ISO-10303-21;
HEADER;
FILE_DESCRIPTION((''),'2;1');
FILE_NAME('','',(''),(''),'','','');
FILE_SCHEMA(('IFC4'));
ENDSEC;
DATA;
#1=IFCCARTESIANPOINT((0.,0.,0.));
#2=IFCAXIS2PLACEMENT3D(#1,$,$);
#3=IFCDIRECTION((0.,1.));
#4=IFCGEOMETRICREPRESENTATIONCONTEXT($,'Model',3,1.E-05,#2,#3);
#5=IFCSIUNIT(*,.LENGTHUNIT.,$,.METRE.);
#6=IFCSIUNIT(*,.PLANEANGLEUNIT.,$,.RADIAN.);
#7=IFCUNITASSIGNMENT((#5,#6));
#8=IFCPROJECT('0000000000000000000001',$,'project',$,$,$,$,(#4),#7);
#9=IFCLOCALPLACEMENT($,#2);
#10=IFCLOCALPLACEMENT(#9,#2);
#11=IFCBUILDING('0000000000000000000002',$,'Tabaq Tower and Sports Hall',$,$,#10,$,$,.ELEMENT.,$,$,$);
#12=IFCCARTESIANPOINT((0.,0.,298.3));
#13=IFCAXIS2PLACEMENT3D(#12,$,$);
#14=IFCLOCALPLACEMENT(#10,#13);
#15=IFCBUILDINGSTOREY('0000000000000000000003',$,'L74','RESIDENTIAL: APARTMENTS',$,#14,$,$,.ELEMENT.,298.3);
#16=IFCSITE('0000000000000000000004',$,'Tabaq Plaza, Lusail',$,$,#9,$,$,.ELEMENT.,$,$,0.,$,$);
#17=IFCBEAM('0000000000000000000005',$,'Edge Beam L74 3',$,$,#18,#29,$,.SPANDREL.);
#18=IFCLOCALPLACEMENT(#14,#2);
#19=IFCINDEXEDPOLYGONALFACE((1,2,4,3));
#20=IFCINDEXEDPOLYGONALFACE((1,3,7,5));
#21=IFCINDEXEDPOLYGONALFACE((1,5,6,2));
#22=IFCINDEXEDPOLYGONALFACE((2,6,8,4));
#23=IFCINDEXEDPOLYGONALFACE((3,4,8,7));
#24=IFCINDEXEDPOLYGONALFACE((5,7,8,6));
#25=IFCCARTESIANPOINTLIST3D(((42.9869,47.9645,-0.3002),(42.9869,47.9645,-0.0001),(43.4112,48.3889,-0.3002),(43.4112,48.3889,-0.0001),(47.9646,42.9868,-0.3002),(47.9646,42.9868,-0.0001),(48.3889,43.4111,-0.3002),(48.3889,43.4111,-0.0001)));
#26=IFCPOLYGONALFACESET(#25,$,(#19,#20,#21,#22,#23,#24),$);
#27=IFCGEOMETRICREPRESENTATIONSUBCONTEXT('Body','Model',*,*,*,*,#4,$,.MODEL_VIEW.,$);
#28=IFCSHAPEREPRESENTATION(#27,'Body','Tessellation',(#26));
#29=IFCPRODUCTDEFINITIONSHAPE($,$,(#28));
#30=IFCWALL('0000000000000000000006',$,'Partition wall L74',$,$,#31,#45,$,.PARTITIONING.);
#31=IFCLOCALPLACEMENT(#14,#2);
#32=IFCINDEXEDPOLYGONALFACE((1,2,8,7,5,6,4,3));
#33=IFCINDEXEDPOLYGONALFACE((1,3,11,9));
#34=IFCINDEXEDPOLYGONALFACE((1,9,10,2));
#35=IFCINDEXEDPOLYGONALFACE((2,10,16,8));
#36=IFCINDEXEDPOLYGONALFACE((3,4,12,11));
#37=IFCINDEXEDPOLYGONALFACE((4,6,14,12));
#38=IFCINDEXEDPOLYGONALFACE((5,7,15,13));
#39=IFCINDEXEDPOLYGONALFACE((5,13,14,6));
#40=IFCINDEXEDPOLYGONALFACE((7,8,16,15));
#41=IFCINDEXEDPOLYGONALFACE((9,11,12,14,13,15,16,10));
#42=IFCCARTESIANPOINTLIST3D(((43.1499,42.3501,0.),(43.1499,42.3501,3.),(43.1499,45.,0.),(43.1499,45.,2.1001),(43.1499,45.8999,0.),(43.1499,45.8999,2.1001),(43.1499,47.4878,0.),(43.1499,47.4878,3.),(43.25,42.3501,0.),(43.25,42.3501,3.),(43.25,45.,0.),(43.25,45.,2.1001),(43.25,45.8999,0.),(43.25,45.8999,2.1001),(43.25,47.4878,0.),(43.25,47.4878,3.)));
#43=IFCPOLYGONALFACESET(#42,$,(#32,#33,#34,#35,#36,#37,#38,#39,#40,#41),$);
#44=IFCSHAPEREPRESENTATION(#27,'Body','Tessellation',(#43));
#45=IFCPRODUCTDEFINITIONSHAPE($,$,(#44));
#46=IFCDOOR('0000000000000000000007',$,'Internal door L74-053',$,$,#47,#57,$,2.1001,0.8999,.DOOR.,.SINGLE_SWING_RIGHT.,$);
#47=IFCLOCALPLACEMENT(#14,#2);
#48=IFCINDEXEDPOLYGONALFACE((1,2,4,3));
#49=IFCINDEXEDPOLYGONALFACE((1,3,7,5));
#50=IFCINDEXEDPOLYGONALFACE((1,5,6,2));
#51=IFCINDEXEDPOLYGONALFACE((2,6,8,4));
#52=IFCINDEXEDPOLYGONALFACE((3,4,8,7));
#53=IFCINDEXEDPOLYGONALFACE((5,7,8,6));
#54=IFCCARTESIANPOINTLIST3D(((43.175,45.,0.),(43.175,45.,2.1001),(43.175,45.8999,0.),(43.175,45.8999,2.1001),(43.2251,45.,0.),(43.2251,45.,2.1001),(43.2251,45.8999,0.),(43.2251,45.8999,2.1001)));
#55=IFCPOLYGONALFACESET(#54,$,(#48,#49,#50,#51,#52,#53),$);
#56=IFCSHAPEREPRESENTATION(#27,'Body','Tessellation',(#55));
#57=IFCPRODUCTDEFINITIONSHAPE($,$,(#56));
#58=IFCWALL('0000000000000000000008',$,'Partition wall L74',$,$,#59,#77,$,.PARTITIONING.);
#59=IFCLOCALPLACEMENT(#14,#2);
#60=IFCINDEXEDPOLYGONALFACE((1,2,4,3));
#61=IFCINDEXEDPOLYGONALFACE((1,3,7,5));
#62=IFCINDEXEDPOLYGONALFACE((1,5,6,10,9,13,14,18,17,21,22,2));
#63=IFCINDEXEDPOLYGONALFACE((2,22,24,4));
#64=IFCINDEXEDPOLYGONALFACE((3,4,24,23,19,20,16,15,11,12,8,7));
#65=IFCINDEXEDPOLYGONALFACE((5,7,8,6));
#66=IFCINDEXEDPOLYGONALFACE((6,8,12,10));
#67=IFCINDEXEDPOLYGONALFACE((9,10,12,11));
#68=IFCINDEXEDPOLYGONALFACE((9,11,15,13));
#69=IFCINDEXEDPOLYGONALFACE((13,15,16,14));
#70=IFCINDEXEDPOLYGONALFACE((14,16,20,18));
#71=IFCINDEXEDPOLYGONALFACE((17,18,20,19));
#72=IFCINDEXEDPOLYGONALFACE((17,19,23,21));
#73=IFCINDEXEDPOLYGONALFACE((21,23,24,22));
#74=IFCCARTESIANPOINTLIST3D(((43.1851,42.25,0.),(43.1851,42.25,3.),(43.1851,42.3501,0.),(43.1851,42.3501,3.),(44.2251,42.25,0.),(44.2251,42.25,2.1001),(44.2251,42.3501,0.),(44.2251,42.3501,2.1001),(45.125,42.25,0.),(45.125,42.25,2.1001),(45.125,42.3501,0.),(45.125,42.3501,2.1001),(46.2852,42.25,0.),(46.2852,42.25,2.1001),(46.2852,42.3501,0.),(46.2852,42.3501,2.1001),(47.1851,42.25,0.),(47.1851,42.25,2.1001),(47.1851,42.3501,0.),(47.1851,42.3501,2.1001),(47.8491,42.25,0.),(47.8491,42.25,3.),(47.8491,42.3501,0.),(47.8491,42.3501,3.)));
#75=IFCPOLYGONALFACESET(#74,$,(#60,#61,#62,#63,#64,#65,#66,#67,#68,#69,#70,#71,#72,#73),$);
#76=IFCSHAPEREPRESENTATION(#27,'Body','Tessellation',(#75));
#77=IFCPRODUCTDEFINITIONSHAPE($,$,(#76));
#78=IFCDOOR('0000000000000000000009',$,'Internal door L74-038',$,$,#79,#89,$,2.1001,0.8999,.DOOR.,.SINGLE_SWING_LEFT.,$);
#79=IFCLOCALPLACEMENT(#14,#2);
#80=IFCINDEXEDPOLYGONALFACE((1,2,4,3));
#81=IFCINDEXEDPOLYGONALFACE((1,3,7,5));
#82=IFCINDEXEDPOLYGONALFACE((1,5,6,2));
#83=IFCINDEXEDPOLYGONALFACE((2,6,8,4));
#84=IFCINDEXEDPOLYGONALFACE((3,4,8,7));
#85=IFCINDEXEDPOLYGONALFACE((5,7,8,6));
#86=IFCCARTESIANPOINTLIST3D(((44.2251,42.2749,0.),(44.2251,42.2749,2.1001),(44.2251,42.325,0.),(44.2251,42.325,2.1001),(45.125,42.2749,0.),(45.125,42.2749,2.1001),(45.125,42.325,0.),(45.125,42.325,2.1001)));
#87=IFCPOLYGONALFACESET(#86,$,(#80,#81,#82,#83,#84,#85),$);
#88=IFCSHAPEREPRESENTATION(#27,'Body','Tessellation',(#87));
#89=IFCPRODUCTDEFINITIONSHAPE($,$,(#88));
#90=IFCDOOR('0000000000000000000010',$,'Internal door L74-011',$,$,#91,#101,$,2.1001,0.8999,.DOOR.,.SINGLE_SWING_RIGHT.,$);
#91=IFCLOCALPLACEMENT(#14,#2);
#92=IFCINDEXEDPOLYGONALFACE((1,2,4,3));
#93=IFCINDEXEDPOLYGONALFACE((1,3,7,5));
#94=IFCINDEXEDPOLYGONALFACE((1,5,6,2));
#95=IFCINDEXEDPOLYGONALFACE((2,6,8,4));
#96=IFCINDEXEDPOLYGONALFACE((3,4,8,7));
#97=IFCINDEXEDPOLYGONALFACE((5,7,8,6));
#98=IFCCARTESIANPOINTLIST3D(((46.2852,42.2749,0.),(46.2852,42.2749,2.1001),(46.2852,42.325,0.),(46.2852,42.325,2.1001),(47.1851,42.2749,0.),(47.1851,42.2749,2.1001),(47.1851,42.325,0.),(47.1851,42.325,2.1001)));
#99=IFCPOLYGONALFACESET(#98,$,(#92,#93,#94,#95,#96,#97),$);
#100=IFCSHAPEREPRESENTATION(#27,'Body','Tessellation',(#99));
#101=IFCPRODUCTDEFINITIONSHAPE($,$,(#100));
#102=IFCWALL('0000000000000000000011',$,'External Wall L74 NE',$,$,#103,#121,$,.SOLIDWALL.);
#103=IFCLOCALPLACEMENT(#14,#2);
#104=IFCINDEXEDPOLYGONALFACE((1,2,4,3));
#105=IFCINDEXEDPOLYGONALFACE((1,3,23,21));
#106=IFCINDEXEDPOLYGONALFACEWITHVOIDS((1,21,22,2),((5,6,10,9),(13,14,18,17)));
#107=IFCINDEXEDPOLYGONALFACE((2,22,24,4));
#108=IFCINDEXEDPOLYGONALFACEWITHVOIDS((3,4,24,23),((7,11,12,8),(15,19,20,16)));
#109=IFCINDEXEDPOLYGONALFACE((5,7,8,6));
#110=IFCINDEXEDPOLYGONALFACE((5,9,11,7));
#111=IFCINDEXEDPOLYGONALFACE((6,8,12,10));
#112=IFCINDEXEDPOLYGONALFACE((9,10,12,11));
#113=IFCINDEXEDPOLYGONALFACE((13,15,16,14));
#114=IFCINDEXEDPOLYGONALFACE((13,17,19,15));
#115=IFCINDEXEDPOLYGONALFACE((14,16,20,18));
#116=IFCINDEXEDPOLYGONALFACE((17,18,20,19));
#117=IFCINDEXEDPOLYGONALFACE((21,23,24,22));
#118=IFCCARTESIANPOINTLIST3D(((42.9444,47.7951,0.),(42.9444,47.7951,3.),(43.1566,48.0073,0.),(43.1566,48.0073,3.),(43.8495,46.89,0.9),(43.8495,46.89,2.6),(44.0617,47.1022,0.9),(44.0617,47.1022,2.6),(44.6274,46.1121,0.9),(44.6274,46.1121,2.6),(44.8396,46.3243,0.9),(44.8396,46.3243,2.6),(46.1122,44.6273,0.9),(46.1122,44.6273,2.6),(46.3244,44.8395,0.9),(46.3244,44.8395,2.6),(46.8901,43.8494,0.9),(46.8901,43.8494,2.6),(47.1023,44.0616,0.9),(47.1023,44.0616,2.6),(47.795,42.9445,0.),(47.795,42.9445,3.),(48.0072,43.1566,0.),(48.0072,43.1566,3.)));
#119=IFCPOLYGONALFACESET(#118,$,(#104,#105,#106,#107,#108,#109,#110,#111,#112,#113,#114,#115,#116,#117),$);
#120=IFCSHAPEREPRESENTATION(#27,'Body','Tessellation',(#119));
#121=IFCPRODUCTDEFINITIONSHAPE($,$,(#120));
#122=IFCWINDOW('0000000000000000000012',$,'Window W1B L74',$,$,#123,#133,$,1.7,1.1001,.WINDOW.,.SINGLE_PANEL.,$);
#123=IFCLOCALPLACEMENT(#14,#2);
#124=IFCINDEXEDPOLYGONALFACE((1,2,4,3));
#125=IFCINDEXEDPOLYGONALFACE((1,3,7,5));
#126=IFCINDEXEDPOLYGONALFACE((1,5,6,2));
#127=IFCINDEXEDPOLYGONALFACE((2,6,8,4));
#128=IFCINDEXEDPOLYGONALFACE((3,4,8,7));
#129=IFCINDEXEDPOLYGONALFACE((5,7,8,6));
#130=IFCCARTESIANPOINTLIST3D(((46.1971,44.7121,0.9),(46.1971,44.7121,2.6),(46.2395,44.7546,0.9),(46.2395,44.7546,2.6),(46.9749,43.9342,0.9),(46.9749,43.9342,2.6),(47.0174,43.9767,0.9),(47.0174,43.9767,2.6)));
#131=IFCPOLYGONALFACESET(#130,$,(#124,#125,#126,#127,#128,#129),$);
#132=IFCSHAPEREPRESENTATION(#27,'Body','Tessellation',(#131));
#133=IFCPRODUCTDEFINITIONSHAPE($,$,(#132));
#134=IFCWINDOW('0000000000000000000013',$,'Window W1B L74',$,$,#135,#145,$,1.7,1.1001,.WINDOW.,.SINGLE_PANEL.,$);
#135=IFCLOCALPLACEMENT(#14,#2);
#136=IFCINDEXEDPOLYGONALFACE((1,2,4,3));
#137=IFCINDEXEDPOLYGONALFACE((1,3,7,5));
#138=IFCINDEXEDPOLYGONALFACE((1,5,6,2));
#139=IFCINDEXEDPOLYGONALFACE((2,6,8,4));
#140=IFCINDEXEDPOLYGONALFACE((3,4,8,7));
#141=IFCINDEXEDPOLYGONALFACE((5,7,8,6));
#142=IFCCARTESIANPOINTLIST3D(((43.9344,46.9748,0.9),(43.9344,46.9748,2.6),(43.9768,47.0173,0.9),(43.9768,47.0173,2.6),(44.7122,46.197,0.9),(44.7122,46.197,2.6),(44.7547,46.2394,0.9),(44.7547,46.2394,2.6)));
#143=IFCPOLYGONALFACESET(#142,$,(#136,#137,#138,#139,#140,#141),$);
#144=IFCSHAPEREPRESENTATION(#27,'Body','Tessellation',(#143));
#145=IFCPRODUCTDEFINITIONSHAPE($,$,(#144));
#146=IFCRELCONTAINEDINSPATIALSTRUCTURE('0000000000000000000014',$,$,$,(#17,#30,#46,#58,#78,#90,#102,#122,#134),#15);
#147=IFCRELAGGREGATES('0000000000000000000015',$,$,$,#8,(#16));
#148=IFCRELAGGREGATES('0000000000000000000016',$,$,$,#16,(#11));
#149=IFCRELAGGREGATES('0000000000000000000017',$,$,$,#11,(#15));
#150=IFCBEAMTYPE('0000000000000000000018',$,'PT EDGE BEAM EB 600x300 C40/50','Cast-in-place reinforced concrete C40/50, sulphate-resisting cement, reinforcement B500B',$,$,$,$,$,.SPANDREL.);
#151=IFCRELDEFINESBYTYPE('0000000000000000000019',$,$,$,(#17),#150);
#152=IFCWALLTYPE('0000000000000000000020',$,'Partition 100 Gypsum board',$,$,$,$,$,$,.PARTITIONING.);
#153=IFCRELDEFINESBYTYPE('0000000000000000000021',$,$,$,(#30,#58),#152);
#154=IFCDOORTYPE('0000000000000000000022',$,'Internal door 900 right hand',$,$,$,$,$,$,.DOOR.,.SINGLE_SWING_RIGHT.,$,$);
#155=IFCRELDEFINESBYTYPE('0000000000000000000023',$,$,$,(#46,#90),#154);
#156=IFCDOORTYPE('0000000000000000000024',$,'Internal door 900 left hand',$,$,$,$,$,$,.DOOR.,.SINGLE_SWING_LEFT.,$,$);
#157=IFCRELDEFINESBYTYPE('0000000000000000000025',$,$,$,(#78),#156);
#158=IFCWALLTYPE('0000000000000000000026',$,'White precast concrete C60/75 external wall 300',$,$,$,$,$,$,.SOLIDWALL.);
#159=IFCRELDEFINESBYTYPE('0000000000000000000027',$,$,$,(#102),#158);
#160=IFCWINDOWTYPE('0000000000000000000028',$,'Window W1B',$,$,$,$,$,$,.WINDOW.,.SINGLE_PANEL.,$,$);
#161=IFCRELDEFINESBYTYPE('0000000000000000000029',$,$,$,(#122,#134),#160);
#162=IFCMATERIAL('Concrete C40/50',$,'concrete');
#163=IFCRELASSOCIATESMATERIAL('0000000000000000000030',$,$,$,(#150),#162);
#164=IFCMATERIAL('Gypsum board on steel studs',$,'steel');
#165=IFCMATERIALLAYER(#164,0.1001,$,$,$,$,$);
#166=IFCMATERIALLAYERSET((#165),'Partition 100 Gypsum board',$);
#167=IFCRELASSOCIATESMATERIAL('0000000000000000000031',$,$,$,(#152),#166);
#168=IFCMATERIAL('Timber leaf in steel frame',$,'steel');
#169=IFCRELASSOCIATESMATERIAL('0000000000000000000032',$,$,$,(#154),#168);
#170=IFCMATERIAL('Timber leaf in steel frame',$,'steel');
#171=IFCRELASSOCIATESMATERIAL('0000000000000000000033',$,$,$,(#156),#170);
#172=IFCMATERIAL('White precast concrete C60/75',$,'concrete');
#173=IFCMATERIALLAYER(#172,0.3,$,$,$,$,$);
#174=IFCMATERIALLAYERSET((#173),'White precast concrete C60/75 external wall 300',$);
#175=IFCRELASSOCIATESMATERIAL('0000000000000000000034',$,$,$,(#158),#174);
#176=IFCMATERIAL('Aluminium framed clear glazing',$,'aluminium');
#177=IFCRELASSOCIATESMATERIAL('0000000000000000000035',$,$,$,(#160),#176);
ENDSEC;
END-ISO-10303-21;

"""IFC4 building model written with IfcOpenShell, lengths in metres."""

from ifc_helpers import new_model, si_unit, direction, frame, frame_2d, origin, origin_2d, place, context, subcontext, project, spatial, rectangle, extrude, material, layer, layer_set, material_profile, profile_set, type_object, element, fill, save


model = new_model("IFC4")

# Units and contexts
model_context = context("Model", 3, precision=1e-05, world=origin(), true_north=direction((0.0, 1.0)))
body_context = subcontext(model_context, "Body", "Model", "MODEL_VIEW")
ifc_project = project(units=[si_unit("LENGTHUNIT", "METRE"), si_unit("PLANEANGLEUNIT", "RADIAN")], contexts=[model_context])

# Site, building, storey
site_placement = place(None, origin())
site = spatial("IfcSite", under=ifc_project, at=site_placement, Name="Tabaq Plaza, Lusail", CompositionType="ELEMENT", RefElevation=0.0)
building_placement = place(site_placement, origin())
building = spatial("IfcBuilding", under=site, at=building_placement, Name="Tabaq Tower and Sports Hall", CompositionType="ELEMENT")
storey_placement = place(building_placement, frame((0.0, 0.0, 298.3)))
storey = spatial("IfcBuildingStorey", under=building, at=storey_placement, Name="L74", Description="RESIDENTIAL: APARTMENTS", CompositionType="ELEMENT", Elevation=298.3)

# Beam
ifc_material_1 = material(Name="Concrete C40/50", Category="concrete")
ifc_material_profile = material_profile(ifc_material_1, rectangle(XDim=0.6001, YDim=0.3, at=origin_2d()), Name="EB 600x300")
ifc_profile_set = profile_set([ifc_material_profile], Name="Concrete C40/50")
beam_type = type_object("IfcBeamType", Name="PT EDGE BEAM EB 600x300 C40/50", Description="Cast-in-place reinforced concrete C40/50, sulphate-resisting cement, reinforcement B500B", PredefinedType="SPANDREL", material=ifc_profile_set)
beam_placement = place(storey_placement, frame((48.1768, 43.199, -0.1501), z_axis=(-0.707107, 0.707107, 0.0), x_axis=(-0.707107, -0.707107, 0.0)))
element("IfcBeam", 1, at=beam_placement, inside=storey, type_object=beam_type, Name="Edge Beam L74 3", PredefinedType="SPANDREL", context=body_context, shape_type="SweptSolid", body=[
    extrude(rectangle(XDim=0.6001, YDim=0.3, at=origin_2d()), origin(), (0.0, 0.0, 1.0), 7.0396),
])

# Wall, opening, door
ifc_material_2 = material(Name="Gypsum board on steel studs", Category="steel")
ifc_layer_1 = layer(ifc_material_2, 0.1001)
ifc_layer_set_1 = layer_set([ifc_layer_1], Name="Partition 100 Gypsum board")
wall_type_1 = type_object("IfcWallType", Name="Partition 100 Gypsum board", PredefinedType="PARTITIONING", material=ifc_layer_set_1)
wall_1_placement = place(storey_placement, frame((43.2, 42.3501, 0.0), z_axis=(0.0, 0.0, 1.0), x_axis=(0.0, 1.0, 0.0)))
wall_1 = element("IfcWall", 2, at=wall_1_placement, inside=storey, type_object=wall_type_1, Name="Partition wall L74", PredefinedType="PARTITIONING", context=body_context, shape_type="SweptSolid", body=[
    extrude(rectangle(XDim=5.1377, YDim=0.1001, at=frame_2d((2.5688, 0.0))), origin(), (0.0, 0.0, 1.0), 3.0),
])
opening_1_placement = place(wall_1_placement, frame((2.6499, 0.0, 0.0)))
opening_1 = element("IfcOpeningElement", 3, at=opening_1_placement, cuts=wall_1, PredefinedType="OPENING", context=body_context, shape_type="SweptSolid", body=[
    extrude(rectangle(XDim=0.8999, YDim=2.1001, at=frame_2d((0.45, 1.05))), frame((0.0, 0.05, 0.0), z_axis=(0.0, -1.0, 0.0), x_axis=(1.0, 0.0, 0.0)), (0.0, 0.0, 1.0), 0.1001),
])
ifc_material_3 = material(Name="Timber leaf in steel frame", Category="steel")
door_type_1 = type_object("IfcDoorType", Name="Internal door 900 right hand", OperationType="SINGLE_SWING_RIGHT", PredefinedType="DOOR", material=ifc_material_3)
door_1_placement = place(opening_1_placement, origin())
door_1 = element("IfcDoor", 4, at=door_1_placement, inside=storey, type_object=door_type_1, Name="Internal door L74-053", OperationType="SINGLE_SWING_RIGHT", OverallHeight=2.1001, OverallWidth=0.8999, PredefinedType="DOOR", context=body_context, shape_type="SweptSolid", body=[
    extrude(rectangle(XDim=0.8999, YDim=2.1001, at=frame_2d((0.45, 1.05))), frame((0.0, 0.0249, 0.0), z_axis=(0.0, -1.0, 0.0), x_axis=(1.0, 0.0, 0.0)), (0.0, 0.0, 1.0), 0.05),
])
fill(opening_1, door_1)

# Wall, openings, doors
wall_2_placement = place(storey_placement, frame((43.1851, 42.3, 0.0), z_axis=(0.0, 0.0, 1.0), x_axis=(1.0, 0.0, 0.0)))
wall_2 = element("IfcWall", 5, at=wall_2_placement, inside=storey, type_object=wall_type_1, Name="Partition wall L74", PredefinedType="PARTITIONING", context=body_context, shape_type="SweptSolid", body=[
    extrude(rectangle(XDim=4.6641, YDim=0.1001, at=frame_2d((2.332, 0.0))), origin(), (0.0, 0.0, 1.0), 3.0),
])
opening_2_placement = place(wall_2_placement, frame((3.1001, 0.0, 0.0)))
opening_2 = element("IfcOpeningElement", 6, at=opening_2_placement, cuts=wall_2, PredefinedType="OPENING", context=body_context, shape_type="SweptSolid", body=[
    extrude(rectangle(XDim=0.8999, YDim=2.1001, at=frame_2d((0.45, 1.05))), frame((0.0, 0.05, 0.0), z_axis=(0.0, -1.0, 0.0), x_axis=(1.0, 0.0, 0.0)), (0.0, 0.0, 1.0), 0.1001),
])
opening_3_placement = place(wall_2_placement, frame((1.04, 0.0, 0.0)))
opening_3 = element("IfcOpeningElement", 7, at=opening_3_placement, cuts=wall_2, PredefinedType="OPENING", context=body_context, shape_type="SweptSolid", body=[
    extrude(rectangle(XDim=0.8999, YDim=2.1001, at=frame_2d((0.45, 1.05))), frame((0.0, 0.05, 0.0), z_axis=(0.0, -1.0, 0.0), x_axis=(1.0, 0.0, 0.0)), (0.0, 0.0, 1.0), 0.1001),
])
ifc_material_4 = material(Name="Timber leaf in steel frame", Category="steel")
door_type_2 = type_object("IfcDoorType", Name="Internal door 900 left hand", OperationType="SINGLE_SWING_LEFT", PredefinedType="DOOR", material=ifc_material_4)
door_2_placement = place(opening_3_placement, origin())
door_2 = element("IfcDoor", 8, at=door_2_placement, inside=storey, type_object=door_type_2, Name="Internal door L74-038", OperationType="SINGLE_SWING_LEFT", OverallHeight=2.1001, OverallWidth=0.8999, PredefinedType="DOOR", context=body_context, shape_type="SweptSolid", body=[
    extrude(rectangle(XDim=0.8999, YDim=2.1001, at=frame_2d((0.45, 1.05))), frame((0.0, 0.0249, 0.0), z_axis=(0.0, -1.0, 0.0), x_axis=(1.0, 0.0, 0.0)), (0.0, 0.0, 1.0), 0.05),
])
fill(opening_3, door_2)
door_3_placement = place(opening_2_placement, origin())
door_3 = element("IfcDoor", 9, at=door_3_placement, inside=storey, type_object=door_type_1, Name="Internal door L74-011", OperationType="SINGLE_SWING_RIGHT", OverallHeight=2.1001, OverallWidth=0.8999, PredefinedType="DOOR", context=body_context, shape_type="SweptSolid", body=[
    extrude(rectangle(XDim=0.8999, YDim=2.1001, at=frame_2d((0.45, 1.05))), frame((0.0, 0.0249, 0.0), z_axis=(0.0, -1.0, 0.0), x_axis=(1.0, 0.0, 0.0)), (0.0, 0.0, 1.0), 0.05),
])
fill(opening_2, door_3)

# Wall, openings, windows
ifc_material_5 = material(Name="White precast concrete C60/75", Category="concrete")
ifc_layer_2 = layer(ifc_material_5, 0.3)
ifc_layer_set_2 = layer_set([ifc_layer_2], Name="White precast concrete C60/75 external wall 300")
wall_type_2 = type_object("IfcWallType", Name="White precast concrete C60/75 external wall 300", PredefinedType="SOLIDWALL", material=ifc_layer_set_2)
wall_3_placement = place(storey_placement, frame((47.9011, 43.0505, 0.0), z_axis=(0.0, 0.0, 1.0), x_axis=(-0.707107, 0.707107, 0.0)))
wall_3 = element("IfcWall", 10, at=wall_3_placement, inside=storey, type_object=wall_type_2, Name="External Wall L74 NE", PredefinedType="SOLIDWALL", context=body_context, shape_type="SweptSolid", body=[
    extrude(rectangle(XDim=6.8599, YDim=0.3, at=frame_2d((3.4299, 0.0))), origin(), (0.0, 0.0, 1.0), 3.0),
])
opening_4_placement = place(wall_3_placement, frame((1.2798, 0.0, 0.8999)))
opening_4 = element("IfcOpeningElement", 11, at=opening_4_placement, cuts=wall_3, PredefinedType="OPENING", context=body_context, shape_type="SweptSolid", body=[
    extrude(rectangle(XDim=1.1001, YDim=1.7, at=frame_2d((0.55, 0.8501))), frame((0.0, 0.1602, 0.0), z_axis=(0.0, -1.0, 0.0), x_axis=(1.0, 0.0, 0.0)), (0.0, 0.0, 1.0), 0.3201),
])
opening_5_placement = place(wall_3_placement, frame((4.4797, 0.0, 0.8999)))
opening_5 = element("IfcOpeningElement", 12, at=opening_5_placement, cuts=wall_3, PredefinedType="OPENING", context=body_context, shape_type="SweptSolid", body=[
    extrude(rectangle(XDim=1.1001, YDim=1.7, at=frame_2d((0.55, 0.8501))), frame((0.0, 0.1602, 0.0), z_axis=(0.0, -1.0, 0.0), x_axis=(1.0, 0.0, 0.0)), (0.0, 0.0, 1.0), 0.3201),
])
ifc_material_6 = material(Name="Aluminium framed clear glazing", Category="aluminium")
window_type_1 = type_object("IfcWindowType", Name="Window W1B", PartitioningType="SINGLE_PANEL", PredefinedType="WINDOW", material=ifc_material_6)
window_1_placement = place(opening_4_placement, origin())
window_1 = element("IfcWindow", 13, at=window_1_placement, inside=storey, type_object=window_type_1, Name="Window W1B L74", OverallHeight=1.7, OverallWidth=1.1001, PartitioningType="SINGLE_PANEL", PredefinedType="WINDOW", context=body_context, shape_type="SweptSolid", body=[
    extrude(rectangle(XDim=1.1001, YDim=1.7, at=frame_2d((0.55, 0.8501))), frame((0.0, 0.03, 0.0), z_axis=(0.0, -1.0, 0.0), x_axis=(1.0, 0.0, 0.0)), (0.0, 0.0, 1.0), 0.0601),
])
fill(opening_4, window_1)
window_2_placement = place(opening_5_placement, origin())
window_2 = element("IfcWindow", 14, at=window_2_placement, inside=storey, type_object=window_type_1, Name="Window W1B L74", OverallHeight=1.7, OverallWidth=1.1001, PartitioningType="SINGLE_PANEL", PredefinedType="WINDOW", context=body_context, shape_type="SweptSolid", body=[
    extrude(rectangle(XDim=1.1001, YDim=1.7, at=frame_2d((0.55, 0.8501))), frame((0.0, 0.03, 0.0), z_axis=(0.0, -1.0, 0.0), x_axis=(1.0, 0.0, 0.0)), (0.0, 0.0, 1.0), 0.0601),
])
fill(opening_5, window_2)

save(model, "model.ifc")
